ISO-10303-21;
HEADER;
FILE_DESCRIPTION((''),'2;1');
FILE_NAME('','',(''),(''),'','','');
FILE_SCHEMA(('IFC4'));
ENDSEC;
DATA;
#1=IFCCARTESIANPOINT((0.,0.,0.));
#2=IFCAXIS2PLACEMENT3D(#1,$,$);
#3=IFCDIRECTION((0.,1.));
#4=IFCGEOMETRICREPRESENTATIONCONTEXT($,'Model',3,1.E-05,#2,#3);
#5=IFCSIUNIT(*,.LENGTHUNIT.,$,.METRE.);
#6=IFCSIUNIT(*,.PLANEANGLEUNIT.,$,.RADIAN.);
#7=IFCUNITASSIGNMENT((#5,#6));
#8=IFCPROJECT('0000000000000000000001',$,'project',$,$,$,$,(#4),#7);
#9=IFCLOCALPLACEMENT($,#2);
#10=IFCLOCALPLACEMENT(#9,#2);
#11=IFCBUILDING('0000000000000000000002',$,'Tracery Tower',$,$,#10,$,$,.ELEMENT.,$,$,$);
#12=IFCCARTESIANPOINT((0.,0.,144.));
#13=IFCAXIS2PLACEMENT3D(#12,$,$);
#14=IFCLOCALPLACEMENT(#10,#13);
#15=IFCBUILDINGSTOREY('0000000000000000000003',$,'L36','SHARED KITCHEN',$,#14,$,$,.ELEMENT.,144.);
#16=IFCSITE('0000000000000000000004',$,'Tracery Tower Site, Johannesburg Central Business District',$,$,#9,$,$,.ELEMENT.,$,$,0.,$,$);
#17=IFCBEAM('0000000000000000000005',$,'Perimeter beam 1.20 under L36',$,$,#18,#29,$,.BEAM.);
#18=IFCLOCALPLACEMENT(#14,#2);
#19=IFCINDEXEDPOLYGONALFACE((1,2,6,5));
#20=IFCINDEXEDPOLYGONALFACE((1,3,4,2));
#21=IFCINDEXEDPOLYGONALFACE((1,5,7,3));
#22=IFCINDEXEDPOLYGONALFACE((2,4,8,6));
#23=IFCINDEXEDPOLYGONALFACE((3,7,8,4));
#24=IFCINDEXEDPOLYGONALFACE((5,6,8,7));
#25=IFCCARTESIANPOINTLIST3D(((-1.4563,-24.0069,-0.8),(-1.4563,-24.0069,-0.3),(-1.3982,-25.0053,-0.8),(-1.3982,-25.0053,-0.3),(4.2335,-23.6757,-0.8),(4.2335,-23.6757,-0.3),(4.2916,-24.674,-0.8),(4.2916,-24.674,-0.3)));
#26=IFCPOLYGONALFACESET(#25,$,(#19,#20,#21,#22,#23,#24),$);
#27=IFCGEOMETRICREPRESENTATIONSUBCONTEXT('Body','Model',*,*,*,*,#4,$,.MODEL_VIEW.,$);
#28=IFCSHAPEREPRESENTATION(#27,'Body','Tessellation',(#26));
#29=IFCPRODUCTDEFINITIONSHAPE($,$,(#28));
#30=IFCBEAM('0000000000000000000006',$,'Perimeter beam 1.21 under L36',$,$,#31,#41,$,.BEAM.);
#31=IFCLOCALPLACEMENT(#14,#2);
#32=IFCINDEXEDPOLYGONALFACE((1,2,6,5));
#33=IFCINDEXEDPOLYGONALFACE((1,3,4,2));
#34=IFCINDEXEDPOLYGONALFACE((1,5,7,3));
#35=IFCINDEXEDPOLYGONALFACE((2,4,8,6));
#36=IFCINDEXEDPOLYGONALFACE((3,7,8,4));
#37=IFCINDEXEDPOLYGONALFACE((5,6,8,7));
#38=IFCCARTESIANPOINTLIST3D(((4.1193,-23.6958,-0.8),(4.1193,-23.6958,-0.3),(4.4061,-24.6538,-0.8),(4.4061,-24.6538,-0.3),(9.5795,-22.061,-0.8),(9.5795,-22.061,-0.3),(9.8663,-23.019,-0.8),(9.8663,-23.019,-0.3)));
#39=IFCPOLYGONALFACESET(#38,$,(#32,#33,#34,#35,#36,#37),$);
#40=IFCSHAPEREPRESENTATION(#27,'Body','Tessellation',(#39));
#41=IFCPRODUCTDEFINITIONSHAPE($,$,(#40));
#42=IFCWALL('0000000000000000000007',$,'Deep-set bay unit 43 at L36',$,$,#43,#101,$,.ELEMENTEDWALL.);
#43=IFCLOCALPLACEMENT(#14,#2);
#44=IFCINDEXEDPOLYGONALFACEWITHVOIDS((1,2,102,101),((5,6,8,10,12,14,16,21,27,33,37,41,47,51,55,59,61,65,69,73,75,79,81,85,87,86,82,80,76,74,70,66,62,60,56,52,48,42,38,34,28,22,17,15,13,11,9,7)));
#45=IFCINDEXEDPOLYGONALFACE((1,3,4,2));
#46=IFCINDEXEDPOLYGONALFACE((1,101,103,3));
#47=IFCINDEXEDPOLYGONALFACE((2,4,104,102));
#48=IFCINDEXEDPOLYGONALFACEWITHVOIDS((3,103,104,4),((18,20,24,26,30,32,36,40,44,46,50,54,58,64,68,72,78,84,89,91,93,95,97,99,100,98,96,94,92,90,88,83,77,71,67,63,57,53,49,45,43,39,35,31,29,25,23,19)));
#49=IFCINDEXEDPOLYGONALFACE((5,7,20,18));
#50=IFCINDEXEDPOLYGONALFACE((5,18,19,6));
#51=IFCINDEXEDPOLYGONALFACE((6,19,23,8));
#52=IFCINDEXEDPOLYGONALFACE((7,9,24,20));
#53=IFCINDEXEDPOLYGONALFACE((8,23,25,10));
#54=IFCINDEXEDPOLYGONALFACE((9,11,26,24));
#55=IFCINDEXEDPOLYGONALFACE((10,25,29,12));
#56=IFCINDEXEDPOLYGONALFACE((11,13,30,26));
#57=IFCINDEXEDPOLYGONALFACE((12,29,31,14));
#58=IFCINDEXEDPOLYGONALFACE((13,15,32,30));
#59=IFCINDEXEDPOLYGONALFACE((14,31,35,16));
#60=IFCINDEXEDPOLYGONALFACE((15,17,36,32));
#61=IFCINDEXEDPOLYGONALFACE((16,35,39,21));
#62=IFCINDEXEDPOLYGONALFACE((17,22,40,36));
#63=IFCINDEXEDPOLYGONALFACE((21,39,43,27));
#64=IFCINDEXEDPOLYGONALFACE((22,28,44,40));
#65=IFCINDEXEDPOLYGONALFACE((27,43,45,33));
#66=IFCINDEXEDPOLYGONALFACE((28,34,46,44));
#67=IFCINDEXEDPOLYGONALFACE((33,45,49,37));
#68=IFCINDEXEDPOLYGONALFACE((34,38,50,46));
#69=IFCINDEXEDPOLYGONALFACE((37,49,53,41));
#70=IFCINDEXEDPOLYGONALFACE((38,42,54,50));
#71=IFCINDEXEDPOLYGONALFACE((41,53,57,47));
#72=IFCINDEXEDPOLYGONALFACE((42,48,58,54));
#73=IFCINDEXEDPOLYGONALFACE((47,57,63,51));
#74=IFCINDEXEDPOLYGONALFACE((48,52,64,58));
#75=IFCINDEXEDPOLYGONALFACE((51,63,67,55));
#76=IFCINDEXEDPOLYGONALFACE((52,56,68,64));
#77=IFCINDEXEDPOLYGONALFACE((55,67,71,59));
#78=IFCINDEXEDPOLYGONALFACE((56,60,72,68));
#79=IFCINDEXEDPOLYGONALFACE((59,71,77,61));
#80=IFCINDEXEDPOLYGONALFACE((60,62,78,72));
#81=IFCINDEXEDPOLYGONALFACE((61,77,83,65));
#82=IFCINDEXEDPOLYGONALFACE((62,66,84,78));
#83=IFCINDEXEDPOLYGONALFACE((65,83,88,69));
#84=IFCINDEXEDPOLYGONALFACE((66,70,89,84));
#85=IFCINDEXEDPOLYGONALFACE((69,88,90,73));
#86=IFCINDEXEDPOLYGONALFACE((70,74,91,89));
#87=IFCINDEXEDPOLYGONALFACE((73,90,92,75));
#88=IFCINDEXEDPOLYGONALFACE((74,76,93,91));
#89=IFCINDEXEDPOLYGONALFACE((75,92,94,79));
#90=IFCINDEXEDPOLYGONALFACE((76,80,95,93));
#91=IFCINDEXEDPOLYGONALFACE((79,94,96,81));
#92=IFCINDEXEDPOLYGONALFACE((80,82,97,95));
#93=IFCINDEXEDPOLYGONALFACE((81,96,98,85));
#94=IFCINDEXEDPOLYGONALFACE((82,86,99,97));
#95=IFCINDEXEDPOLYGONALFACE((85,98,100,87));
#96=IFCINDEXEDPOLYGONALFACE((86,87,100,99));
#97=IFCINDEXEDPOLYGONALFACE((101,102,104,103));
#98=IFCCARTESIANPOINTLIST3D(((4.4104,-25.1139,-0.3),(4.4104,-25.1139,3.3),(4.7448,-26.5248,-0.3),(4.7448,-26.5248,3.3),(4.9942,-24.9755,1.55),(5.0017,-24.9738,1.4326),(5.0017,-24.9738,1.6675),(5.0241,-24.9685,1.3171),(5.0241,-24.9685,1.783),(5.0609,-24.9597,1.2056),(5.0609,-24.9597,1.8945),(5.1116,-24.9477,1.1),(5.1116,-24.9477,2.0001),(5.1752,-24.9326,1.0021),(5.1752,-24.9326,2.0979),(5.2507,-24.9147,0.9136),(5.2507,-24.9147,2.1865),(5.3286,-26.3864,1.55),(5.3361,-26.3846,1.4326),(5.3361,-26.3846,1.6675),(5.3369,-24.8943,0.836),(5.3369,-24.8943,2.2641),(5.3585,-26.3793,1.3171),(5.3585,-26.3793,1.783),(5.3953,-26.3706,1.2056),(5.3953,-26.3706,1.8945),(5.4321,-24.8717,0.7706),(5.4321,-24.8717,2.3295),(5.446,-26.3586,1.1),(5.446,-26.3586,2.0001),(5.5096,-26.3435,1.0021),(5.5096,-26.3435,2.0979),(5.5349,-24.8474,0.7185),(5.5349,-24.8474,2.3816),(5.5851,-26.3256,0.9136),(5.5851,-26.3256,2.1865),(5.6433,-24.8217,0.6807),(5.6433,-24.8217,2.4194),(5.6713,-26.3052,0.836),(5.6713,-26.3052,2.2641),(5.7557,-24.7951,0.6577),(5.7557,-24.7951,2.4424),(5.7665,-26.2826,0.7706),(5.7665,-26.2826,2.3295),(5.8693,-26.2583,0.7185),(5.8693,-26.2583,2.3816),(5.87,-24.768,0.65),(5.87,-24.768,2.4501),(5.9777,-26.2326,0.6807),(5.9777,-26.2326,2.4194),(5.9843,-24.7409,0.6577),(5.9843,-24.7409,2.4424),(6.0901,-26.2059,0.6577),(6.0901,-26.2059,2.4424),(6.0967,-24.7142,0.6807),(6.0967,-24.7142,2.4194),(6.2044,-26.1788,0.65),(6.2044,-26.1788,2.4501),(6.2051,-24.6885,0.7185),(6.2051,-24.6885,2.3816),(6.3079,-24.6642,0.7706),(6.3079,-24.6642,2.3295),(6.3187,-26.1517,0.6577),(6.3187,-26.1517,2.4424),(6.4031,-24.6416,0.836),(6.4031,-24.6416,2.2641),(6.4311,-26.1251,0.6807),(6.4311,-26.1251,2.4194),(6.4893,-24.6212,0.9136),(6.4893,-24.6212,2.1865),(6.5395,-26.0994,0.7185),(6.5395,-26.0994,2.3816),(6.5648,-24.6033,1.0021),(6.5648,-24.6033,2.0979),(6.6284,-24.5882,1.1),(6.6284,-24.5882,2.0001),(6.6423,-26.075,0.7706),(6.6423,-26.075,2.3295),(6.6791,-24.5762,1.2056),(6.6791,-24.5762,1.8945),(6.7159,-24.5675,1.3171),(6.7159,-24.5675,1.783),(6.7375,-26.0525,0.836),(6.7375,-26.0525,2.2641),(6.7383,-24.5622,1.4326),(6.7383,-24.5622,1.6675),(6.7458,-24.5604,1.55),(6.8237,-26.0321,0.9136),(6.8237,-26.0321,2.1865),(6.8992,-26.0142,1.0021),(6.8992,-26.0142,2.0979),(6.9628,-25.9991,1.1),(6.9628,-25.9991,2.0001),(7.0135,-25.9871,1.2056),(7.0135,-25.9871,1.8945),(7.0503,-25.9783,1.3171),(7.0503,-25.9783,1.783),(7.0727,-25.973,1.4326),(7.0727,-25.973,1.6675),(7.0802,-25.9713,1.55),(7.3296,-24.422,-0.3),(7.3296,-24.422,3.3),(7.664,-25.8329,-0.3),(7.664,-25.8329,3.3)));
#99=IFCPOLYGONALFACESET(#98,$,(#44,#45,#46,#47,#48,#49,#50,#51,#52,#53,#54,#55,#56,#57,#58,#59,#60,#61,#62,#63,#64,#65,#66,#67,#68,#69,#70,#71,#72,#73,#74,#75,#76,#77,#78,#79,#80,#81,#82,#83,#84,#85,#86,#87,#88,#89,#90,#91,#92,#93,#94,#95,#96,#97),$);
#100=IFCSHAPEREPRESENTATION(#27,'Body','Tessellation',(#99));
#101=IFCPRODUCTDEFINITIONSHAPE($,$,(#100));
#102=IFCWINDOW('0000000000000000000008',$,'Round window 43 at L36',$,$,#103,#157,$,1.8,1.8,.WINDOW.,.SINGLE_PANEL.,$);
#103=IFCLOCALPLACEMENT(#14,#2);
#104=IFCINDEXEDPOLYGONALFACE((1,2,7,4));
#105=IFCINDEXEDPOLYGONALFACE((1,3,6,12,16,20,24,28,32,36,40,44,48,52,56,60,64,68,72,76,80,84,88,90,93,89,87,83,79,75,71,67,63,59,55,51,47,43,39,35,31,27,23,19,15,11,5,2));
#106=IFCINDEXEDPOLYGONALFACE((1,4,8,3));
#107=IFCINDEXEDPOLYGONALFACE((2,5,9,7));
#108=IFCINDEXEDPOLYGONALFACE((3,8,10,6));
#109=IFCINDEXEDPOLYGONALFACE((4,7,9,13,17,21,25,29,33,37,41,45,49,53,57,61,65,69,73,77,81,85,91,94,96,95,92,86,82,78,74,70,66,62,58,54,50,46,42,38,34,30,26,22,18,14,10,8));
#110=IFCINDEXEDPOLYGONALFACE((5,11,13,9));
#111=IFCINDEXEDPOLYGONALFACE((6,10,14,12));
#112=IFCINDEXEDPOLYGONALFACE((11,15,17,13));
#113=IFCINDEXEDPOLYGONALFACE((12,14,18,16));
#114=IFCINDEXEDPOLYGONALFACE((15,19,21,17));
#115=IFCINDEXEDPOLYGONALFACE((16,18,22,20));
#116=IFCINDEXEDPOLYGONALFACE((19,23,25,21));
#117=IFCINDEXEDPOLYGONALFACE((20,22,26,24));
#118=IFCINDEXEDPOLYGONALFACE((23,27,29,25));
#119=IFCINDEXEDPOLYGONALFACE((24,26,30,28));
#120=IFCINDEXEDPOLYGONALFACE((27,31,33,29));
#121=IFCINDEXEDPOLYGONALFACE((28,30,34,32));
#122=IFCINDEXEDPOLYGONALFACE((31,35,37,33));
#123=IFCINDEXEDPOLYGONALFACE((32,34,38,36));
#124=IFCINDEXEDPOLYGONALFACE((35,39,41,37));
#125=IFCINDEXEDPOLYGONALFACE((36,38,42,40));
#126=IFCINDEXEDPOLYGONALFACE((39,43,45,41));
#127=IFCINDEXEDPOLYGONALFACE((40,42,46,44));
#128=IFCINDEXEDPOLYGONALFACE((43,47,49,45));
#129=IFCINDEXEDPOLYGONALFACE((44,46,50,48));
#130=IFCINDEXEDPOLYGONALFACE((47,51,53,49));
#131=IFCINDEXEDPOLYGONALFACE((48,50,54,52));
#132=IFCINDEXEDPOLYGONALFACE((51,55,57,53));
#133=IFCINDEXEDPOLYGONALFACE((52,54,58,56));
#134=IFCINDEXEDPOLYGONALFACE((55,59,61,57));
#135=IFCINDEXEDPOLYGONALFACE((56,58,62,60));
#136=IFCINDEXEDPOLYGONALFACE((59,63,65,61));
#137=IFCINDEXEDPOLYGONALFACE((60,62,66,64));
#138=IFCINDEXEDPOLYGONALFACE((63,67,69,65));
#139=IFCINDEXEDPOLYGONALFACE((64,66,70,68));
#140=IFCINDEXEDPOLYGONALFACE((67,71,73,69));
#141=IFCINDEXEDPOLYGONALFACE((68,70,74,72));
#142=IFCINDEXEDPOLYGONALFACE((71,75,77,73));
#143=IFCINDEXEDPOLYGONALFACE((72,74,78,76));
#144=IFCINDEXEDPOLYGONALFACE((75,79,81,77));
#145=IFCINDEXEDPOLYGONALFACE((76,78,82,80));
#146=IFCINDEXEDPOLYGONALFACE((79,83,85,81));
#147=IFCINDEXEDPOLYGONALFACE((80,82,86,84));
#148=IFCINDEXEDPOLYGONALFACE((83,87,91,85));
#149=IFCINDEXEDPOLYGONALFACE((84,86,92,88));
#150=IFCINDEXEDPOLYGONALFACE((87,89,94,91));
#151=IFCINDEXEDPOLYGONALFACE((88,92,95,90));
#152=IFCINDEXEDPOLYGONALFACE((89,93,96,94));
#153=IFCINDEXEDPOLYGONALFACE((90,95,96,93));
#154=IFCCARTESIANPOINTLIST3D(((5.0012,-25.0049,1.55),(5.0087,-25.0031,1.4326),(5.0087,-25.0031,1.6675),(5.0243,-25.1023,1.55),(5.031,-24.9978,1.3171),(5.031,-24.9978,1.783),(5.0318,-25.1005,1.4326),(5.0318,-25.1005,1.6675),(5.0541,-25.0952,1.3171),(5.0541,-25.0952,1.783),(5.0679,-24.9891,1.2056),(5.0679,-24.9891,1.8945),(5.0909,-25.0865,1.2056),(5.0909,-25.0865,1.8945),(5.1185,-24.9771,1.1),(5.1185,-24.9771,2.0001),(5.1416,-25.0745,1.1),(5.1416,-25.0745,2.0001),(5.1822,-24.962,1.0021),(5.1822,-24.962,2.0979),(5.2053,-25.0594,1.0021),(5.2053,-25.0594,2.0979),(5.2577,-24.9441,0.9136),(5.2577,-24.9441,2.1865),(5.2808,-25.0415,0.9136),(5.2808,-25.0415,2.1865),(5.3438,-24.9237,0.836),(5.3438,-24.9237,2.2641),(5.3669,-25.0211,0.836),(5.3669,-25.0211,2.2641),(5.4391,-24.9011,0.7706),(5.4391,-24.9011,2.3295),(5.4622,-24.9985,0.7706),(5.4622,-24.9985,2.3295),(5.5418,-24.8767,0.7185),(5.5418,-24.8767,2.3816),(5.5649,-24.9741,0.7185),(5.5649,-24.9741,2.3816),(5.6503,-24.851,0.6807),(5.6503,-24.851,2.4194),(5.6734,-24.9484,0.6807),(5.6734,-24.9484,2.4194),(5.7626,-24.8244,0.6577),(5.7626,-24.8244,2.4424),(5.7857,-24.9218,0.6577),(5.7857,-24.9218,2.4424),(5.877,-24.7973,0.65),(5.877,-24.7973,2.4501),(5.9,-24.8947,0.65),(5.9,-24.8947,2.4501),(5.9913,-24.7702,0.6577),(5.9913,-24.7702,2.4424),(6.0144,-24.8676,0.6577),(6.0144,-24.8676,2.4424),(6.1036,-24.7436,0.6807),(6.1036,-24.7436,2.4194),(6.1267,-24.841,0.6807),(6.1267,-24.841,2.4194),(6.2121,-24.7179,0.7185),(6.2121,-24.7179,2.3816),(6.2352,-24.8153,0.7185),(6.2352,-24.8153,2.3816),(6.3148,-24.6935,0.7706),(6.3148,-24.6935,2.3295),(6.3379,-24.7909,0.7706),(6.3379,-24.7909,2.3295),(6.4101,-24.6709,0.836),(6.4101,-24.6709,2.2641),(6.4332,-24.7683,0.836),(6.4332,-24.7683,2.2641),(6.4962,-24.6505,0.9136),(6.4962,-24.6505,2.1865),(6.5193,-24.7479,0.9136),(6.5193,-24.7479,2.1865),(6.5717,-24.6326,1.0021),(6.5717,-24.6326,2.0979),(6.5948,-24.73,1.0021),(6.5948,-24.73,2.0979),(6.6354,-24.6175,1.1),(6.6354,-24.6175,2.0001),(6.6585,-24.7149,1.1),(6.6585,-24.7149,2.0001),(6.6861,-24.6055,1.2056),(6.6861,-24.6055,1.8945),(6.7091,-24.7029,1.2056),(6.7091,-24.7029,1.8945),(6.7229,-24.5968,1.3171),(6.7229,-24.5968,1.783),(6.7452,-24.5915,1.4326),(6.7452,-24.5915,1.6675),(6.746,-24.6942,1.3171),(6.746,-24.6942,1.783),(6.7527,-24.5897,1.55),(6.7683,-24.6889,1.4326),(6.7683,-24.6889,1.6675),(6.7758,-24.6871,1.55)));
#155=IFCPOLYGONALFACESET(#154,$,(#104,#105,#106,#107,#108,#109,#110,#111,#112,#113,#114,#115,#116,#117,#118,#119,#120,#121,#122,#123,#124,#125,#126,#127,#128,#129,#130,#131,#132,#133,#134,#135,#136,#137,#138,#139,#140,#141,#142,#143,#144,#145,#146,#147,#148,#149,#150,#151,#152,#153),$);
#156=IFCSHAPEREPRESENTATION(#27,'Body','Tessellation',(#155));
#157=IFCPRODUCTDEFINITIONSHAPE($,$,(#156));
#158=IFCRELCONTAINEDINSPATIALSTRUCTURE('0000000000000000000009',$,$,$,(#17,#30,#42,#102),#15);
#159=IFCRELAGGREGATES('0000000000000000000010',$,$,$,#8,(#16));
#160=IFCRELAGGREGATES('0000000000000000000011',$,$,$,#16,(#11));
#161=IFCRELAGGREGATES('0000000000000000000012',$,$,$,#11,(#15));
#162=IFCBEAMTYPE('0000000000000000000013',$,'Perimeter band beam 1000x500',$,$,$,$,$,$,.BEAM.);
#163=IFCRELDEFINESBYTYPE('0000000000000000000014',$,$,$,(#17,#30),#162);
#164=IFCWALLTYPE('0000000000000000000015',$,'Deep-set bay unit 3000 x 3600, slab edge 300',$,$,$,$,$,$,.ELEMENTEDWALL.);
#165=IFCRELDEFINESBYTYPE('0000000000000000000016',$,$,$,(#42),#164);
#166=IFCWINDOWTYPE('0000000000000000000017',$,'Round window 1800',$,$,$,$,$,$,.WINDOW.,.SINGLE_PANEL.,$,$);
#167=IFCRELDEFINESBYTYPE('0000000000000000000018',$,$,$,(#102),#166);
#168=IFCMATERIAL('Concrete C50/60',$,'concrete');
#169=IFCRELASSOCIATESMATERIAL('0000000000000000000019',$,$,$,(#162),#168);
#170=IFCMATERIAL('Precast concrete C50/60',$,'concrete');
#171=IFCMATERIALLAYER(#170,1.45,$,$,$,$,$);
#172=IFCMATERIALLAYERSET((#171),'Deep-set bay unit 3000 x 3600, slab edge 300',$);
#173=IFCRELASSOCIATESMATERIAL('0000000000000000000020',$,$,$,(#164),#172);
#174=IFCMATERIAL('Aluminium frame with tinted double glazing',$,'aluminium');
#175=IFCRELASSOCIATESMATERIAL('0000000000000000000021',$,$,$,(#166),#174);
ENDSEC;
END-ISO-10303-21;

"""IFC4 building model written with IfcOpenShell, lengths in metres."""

from ifc_helpers import new_model, si_unit, direction, frame, frame_2d, origin, origin_2d, place, context, subcontext, project, spatial, rectangle, circle, extrude, material, layer, layer_set, material_profile, profile_set, type_object, element, fill, save


model = new_model("IFC4")

# Units and contexts
model_context = context("Model", 3, precision=1e-05, world=origin(), true_north=direction((0.0, 1.0)))
body_context = subcontext(model_context, "Body", "Model", "MODEL_VIEW")
ifc_project = project(units=[si_unit("LENGTHUNIT", "METRE"), si_unit("PLANEANGLEUNIT", "RADIAN")], contexts=[model_context])

# Site, building, storey
site_placement = place(None, origin())
site = spatial("IfcSite", under=ifc_project, at=site_placement, Name="Tracery Tower Site, Johannesburg Central Business District", CompositionType="ELEMENT", RefElevation=0.0)
building_placement = place(site_placement, origin())
building = spatial("IfcBuilding", under=site, at=building_placement, Name="Tracery Tower", CompositionType="ELEMENT")
storey_placement = place(building_placement, frame((0.0, 0.0, 144.0)))
storey = spatial("IfcBuildingStorey", under=building, at=storey_placement, Name="L36", Description="SHARED KITCHEN", CompositionType="ELEMENT", Elevation=144.0)

# Beams
ifc_material_1 = material(Name="Concrete C50/60", Category="concrete")
ifc_material_profile_1 = material_profile(ifc_material_1, rectangle(XDim=1.0, YDim=0.5, at=origin_2d()), Name="RC 1000x500")
ifc_profile_set_1 = profile_set([ifc_material_profile_1], Name="Concrete C50/60")
beam_type = type_object("IfcBeamType", Name="Perimeter band beam 1000x500", PredefinedType="BEAM", material=ifc_profile_set_1)
beam_1_placement = place(storey_placement, frame((-1.4272, -24.5061, -0.55), z_axis=(0.998309, 0.058127, 0.0), x_axis=(-0.058127, 0.998309, 0.0)))
element("IfcBeam", 1, at=beam_1_placement, inside=storey, type_object=beam_type, Name="Perimeter beam 1.20 under L36", PredefinedType="BEAM", context=body_context, shape_type="SweptSolid", body=[
    extrude(rectangle(XDim=1.0, YDim=0.5, at=origin_2d()), origin(), (0.0, 0.0, 1.0), 5.6995),
])
beam_2_placement = place(storey_placement, frame((4.2627, -24.1748, -0.55), z_axis=(0.957985, 0.286817, 0.0), x_axis=(-0.286817, 0.957985, 0.0)))
element("IfcBeam", 2, at=beam_2_placement, inside=storey, type_object=beam_type, Name="Perimeter beam 1.21 under L36", PredefinedType="BEAM", context=body_context, shape_type="SweptSolid", body=[
    extrude(rectangle(XDim=1.0, YDim=0.5, at=origin_2d()), origin(), (0.0, 0.0, 1.0), 5.6997),
])

# Wall, opening, window
ifc_material_2 = material(Name="Precast concrete C50/60", Category="concrete")
ifc_layer_1 = layer(ifc_material_2, 1.45)
ifc_layer_set_1 = layer_set([ifc_layer_1], Name="Deep-set bay unit 3000 x 3600, slab edge 300")
wall_type_1 = type_object("IfcWallType", Name="Deep-set bay unit 3000 x 3600, slab edge 300", PredefinedType="ELEMENTEDWALL", material=ifc_layer_set_1)
wall_1_placement = place(storey_placement, frame((4.5776, -25.8193, -0.3), z_axis=(0.0, 0.0, 1.0), x_axis=(0.973042, 0.230627, 0.0)))
wall_1 = element("IfcWall", 3, at=wall_1_placement, inside=storey, type_object=wall_type_1, Name="Deep-set bay unit 43 at L36", PredefinedType="ELEMENTEDWALL", context=body_context, shape_type="SweptSolid", body=[
    extrude(rectangle(XDim=3.0, YDim=1.45, at=frame_2d((1.5, 0.0))), origin(), (0.0, 0.0, 1.0), 3.6001),
])
opening_1_placement = place(wall_1_placement, frame((1.5, 0.0, 1.8501)))
opening_1 = element("IfcOpeningElement", 4, at=opening_1_placement, cuts=wall_1, PredefinedType="OPENING", context=body_context, shape_type="SweptSolid", body=[
    extrude(circle(Radius=0.9, at=origin_2d()), frame((0.0, 0.7349, 0.0), z_axis=(0.0, -1.0, 0.0), x_axis=(1.0, 0.0, 0.0)), (0.0, 0.0, 1.0), 1.47),
])
ifc_material_3 = material(Name="Aluminium frame with tinted double glazing", Category="aluminium")
window_type = type_object("IfcWindowType", Name="Round window 1800", PartitioningType="SINGLE_PANEL", PredefinedType="WINDOW", material=ifc_material_3)
window_1_placement = place(opening_1_placement, origin())
window_1 = element("IfcWindow", 5, at=window_1_placement, inside=storey, type_object=window_type, Name="Round window 43 at L36", OverallHeight=1.8, OverallWidth=1.8, PartitioningType="SINGLE_PANEL", PredefinedType="WINDOW", context=body_context, shape_type="SweptSolid", body=[
    extrude(circle(Radius=0.9, at=origin_2d()), frame((0.0, 0.6948, 0.0), z_axis=(0.0, -1.0, 0.0), x_axis=(1.0, 0.0, 0.0)), (0.0, 0.0, 1.0), 0.1001),
])
fill(opening_1, window_1)

save(model, "model.ifc")
